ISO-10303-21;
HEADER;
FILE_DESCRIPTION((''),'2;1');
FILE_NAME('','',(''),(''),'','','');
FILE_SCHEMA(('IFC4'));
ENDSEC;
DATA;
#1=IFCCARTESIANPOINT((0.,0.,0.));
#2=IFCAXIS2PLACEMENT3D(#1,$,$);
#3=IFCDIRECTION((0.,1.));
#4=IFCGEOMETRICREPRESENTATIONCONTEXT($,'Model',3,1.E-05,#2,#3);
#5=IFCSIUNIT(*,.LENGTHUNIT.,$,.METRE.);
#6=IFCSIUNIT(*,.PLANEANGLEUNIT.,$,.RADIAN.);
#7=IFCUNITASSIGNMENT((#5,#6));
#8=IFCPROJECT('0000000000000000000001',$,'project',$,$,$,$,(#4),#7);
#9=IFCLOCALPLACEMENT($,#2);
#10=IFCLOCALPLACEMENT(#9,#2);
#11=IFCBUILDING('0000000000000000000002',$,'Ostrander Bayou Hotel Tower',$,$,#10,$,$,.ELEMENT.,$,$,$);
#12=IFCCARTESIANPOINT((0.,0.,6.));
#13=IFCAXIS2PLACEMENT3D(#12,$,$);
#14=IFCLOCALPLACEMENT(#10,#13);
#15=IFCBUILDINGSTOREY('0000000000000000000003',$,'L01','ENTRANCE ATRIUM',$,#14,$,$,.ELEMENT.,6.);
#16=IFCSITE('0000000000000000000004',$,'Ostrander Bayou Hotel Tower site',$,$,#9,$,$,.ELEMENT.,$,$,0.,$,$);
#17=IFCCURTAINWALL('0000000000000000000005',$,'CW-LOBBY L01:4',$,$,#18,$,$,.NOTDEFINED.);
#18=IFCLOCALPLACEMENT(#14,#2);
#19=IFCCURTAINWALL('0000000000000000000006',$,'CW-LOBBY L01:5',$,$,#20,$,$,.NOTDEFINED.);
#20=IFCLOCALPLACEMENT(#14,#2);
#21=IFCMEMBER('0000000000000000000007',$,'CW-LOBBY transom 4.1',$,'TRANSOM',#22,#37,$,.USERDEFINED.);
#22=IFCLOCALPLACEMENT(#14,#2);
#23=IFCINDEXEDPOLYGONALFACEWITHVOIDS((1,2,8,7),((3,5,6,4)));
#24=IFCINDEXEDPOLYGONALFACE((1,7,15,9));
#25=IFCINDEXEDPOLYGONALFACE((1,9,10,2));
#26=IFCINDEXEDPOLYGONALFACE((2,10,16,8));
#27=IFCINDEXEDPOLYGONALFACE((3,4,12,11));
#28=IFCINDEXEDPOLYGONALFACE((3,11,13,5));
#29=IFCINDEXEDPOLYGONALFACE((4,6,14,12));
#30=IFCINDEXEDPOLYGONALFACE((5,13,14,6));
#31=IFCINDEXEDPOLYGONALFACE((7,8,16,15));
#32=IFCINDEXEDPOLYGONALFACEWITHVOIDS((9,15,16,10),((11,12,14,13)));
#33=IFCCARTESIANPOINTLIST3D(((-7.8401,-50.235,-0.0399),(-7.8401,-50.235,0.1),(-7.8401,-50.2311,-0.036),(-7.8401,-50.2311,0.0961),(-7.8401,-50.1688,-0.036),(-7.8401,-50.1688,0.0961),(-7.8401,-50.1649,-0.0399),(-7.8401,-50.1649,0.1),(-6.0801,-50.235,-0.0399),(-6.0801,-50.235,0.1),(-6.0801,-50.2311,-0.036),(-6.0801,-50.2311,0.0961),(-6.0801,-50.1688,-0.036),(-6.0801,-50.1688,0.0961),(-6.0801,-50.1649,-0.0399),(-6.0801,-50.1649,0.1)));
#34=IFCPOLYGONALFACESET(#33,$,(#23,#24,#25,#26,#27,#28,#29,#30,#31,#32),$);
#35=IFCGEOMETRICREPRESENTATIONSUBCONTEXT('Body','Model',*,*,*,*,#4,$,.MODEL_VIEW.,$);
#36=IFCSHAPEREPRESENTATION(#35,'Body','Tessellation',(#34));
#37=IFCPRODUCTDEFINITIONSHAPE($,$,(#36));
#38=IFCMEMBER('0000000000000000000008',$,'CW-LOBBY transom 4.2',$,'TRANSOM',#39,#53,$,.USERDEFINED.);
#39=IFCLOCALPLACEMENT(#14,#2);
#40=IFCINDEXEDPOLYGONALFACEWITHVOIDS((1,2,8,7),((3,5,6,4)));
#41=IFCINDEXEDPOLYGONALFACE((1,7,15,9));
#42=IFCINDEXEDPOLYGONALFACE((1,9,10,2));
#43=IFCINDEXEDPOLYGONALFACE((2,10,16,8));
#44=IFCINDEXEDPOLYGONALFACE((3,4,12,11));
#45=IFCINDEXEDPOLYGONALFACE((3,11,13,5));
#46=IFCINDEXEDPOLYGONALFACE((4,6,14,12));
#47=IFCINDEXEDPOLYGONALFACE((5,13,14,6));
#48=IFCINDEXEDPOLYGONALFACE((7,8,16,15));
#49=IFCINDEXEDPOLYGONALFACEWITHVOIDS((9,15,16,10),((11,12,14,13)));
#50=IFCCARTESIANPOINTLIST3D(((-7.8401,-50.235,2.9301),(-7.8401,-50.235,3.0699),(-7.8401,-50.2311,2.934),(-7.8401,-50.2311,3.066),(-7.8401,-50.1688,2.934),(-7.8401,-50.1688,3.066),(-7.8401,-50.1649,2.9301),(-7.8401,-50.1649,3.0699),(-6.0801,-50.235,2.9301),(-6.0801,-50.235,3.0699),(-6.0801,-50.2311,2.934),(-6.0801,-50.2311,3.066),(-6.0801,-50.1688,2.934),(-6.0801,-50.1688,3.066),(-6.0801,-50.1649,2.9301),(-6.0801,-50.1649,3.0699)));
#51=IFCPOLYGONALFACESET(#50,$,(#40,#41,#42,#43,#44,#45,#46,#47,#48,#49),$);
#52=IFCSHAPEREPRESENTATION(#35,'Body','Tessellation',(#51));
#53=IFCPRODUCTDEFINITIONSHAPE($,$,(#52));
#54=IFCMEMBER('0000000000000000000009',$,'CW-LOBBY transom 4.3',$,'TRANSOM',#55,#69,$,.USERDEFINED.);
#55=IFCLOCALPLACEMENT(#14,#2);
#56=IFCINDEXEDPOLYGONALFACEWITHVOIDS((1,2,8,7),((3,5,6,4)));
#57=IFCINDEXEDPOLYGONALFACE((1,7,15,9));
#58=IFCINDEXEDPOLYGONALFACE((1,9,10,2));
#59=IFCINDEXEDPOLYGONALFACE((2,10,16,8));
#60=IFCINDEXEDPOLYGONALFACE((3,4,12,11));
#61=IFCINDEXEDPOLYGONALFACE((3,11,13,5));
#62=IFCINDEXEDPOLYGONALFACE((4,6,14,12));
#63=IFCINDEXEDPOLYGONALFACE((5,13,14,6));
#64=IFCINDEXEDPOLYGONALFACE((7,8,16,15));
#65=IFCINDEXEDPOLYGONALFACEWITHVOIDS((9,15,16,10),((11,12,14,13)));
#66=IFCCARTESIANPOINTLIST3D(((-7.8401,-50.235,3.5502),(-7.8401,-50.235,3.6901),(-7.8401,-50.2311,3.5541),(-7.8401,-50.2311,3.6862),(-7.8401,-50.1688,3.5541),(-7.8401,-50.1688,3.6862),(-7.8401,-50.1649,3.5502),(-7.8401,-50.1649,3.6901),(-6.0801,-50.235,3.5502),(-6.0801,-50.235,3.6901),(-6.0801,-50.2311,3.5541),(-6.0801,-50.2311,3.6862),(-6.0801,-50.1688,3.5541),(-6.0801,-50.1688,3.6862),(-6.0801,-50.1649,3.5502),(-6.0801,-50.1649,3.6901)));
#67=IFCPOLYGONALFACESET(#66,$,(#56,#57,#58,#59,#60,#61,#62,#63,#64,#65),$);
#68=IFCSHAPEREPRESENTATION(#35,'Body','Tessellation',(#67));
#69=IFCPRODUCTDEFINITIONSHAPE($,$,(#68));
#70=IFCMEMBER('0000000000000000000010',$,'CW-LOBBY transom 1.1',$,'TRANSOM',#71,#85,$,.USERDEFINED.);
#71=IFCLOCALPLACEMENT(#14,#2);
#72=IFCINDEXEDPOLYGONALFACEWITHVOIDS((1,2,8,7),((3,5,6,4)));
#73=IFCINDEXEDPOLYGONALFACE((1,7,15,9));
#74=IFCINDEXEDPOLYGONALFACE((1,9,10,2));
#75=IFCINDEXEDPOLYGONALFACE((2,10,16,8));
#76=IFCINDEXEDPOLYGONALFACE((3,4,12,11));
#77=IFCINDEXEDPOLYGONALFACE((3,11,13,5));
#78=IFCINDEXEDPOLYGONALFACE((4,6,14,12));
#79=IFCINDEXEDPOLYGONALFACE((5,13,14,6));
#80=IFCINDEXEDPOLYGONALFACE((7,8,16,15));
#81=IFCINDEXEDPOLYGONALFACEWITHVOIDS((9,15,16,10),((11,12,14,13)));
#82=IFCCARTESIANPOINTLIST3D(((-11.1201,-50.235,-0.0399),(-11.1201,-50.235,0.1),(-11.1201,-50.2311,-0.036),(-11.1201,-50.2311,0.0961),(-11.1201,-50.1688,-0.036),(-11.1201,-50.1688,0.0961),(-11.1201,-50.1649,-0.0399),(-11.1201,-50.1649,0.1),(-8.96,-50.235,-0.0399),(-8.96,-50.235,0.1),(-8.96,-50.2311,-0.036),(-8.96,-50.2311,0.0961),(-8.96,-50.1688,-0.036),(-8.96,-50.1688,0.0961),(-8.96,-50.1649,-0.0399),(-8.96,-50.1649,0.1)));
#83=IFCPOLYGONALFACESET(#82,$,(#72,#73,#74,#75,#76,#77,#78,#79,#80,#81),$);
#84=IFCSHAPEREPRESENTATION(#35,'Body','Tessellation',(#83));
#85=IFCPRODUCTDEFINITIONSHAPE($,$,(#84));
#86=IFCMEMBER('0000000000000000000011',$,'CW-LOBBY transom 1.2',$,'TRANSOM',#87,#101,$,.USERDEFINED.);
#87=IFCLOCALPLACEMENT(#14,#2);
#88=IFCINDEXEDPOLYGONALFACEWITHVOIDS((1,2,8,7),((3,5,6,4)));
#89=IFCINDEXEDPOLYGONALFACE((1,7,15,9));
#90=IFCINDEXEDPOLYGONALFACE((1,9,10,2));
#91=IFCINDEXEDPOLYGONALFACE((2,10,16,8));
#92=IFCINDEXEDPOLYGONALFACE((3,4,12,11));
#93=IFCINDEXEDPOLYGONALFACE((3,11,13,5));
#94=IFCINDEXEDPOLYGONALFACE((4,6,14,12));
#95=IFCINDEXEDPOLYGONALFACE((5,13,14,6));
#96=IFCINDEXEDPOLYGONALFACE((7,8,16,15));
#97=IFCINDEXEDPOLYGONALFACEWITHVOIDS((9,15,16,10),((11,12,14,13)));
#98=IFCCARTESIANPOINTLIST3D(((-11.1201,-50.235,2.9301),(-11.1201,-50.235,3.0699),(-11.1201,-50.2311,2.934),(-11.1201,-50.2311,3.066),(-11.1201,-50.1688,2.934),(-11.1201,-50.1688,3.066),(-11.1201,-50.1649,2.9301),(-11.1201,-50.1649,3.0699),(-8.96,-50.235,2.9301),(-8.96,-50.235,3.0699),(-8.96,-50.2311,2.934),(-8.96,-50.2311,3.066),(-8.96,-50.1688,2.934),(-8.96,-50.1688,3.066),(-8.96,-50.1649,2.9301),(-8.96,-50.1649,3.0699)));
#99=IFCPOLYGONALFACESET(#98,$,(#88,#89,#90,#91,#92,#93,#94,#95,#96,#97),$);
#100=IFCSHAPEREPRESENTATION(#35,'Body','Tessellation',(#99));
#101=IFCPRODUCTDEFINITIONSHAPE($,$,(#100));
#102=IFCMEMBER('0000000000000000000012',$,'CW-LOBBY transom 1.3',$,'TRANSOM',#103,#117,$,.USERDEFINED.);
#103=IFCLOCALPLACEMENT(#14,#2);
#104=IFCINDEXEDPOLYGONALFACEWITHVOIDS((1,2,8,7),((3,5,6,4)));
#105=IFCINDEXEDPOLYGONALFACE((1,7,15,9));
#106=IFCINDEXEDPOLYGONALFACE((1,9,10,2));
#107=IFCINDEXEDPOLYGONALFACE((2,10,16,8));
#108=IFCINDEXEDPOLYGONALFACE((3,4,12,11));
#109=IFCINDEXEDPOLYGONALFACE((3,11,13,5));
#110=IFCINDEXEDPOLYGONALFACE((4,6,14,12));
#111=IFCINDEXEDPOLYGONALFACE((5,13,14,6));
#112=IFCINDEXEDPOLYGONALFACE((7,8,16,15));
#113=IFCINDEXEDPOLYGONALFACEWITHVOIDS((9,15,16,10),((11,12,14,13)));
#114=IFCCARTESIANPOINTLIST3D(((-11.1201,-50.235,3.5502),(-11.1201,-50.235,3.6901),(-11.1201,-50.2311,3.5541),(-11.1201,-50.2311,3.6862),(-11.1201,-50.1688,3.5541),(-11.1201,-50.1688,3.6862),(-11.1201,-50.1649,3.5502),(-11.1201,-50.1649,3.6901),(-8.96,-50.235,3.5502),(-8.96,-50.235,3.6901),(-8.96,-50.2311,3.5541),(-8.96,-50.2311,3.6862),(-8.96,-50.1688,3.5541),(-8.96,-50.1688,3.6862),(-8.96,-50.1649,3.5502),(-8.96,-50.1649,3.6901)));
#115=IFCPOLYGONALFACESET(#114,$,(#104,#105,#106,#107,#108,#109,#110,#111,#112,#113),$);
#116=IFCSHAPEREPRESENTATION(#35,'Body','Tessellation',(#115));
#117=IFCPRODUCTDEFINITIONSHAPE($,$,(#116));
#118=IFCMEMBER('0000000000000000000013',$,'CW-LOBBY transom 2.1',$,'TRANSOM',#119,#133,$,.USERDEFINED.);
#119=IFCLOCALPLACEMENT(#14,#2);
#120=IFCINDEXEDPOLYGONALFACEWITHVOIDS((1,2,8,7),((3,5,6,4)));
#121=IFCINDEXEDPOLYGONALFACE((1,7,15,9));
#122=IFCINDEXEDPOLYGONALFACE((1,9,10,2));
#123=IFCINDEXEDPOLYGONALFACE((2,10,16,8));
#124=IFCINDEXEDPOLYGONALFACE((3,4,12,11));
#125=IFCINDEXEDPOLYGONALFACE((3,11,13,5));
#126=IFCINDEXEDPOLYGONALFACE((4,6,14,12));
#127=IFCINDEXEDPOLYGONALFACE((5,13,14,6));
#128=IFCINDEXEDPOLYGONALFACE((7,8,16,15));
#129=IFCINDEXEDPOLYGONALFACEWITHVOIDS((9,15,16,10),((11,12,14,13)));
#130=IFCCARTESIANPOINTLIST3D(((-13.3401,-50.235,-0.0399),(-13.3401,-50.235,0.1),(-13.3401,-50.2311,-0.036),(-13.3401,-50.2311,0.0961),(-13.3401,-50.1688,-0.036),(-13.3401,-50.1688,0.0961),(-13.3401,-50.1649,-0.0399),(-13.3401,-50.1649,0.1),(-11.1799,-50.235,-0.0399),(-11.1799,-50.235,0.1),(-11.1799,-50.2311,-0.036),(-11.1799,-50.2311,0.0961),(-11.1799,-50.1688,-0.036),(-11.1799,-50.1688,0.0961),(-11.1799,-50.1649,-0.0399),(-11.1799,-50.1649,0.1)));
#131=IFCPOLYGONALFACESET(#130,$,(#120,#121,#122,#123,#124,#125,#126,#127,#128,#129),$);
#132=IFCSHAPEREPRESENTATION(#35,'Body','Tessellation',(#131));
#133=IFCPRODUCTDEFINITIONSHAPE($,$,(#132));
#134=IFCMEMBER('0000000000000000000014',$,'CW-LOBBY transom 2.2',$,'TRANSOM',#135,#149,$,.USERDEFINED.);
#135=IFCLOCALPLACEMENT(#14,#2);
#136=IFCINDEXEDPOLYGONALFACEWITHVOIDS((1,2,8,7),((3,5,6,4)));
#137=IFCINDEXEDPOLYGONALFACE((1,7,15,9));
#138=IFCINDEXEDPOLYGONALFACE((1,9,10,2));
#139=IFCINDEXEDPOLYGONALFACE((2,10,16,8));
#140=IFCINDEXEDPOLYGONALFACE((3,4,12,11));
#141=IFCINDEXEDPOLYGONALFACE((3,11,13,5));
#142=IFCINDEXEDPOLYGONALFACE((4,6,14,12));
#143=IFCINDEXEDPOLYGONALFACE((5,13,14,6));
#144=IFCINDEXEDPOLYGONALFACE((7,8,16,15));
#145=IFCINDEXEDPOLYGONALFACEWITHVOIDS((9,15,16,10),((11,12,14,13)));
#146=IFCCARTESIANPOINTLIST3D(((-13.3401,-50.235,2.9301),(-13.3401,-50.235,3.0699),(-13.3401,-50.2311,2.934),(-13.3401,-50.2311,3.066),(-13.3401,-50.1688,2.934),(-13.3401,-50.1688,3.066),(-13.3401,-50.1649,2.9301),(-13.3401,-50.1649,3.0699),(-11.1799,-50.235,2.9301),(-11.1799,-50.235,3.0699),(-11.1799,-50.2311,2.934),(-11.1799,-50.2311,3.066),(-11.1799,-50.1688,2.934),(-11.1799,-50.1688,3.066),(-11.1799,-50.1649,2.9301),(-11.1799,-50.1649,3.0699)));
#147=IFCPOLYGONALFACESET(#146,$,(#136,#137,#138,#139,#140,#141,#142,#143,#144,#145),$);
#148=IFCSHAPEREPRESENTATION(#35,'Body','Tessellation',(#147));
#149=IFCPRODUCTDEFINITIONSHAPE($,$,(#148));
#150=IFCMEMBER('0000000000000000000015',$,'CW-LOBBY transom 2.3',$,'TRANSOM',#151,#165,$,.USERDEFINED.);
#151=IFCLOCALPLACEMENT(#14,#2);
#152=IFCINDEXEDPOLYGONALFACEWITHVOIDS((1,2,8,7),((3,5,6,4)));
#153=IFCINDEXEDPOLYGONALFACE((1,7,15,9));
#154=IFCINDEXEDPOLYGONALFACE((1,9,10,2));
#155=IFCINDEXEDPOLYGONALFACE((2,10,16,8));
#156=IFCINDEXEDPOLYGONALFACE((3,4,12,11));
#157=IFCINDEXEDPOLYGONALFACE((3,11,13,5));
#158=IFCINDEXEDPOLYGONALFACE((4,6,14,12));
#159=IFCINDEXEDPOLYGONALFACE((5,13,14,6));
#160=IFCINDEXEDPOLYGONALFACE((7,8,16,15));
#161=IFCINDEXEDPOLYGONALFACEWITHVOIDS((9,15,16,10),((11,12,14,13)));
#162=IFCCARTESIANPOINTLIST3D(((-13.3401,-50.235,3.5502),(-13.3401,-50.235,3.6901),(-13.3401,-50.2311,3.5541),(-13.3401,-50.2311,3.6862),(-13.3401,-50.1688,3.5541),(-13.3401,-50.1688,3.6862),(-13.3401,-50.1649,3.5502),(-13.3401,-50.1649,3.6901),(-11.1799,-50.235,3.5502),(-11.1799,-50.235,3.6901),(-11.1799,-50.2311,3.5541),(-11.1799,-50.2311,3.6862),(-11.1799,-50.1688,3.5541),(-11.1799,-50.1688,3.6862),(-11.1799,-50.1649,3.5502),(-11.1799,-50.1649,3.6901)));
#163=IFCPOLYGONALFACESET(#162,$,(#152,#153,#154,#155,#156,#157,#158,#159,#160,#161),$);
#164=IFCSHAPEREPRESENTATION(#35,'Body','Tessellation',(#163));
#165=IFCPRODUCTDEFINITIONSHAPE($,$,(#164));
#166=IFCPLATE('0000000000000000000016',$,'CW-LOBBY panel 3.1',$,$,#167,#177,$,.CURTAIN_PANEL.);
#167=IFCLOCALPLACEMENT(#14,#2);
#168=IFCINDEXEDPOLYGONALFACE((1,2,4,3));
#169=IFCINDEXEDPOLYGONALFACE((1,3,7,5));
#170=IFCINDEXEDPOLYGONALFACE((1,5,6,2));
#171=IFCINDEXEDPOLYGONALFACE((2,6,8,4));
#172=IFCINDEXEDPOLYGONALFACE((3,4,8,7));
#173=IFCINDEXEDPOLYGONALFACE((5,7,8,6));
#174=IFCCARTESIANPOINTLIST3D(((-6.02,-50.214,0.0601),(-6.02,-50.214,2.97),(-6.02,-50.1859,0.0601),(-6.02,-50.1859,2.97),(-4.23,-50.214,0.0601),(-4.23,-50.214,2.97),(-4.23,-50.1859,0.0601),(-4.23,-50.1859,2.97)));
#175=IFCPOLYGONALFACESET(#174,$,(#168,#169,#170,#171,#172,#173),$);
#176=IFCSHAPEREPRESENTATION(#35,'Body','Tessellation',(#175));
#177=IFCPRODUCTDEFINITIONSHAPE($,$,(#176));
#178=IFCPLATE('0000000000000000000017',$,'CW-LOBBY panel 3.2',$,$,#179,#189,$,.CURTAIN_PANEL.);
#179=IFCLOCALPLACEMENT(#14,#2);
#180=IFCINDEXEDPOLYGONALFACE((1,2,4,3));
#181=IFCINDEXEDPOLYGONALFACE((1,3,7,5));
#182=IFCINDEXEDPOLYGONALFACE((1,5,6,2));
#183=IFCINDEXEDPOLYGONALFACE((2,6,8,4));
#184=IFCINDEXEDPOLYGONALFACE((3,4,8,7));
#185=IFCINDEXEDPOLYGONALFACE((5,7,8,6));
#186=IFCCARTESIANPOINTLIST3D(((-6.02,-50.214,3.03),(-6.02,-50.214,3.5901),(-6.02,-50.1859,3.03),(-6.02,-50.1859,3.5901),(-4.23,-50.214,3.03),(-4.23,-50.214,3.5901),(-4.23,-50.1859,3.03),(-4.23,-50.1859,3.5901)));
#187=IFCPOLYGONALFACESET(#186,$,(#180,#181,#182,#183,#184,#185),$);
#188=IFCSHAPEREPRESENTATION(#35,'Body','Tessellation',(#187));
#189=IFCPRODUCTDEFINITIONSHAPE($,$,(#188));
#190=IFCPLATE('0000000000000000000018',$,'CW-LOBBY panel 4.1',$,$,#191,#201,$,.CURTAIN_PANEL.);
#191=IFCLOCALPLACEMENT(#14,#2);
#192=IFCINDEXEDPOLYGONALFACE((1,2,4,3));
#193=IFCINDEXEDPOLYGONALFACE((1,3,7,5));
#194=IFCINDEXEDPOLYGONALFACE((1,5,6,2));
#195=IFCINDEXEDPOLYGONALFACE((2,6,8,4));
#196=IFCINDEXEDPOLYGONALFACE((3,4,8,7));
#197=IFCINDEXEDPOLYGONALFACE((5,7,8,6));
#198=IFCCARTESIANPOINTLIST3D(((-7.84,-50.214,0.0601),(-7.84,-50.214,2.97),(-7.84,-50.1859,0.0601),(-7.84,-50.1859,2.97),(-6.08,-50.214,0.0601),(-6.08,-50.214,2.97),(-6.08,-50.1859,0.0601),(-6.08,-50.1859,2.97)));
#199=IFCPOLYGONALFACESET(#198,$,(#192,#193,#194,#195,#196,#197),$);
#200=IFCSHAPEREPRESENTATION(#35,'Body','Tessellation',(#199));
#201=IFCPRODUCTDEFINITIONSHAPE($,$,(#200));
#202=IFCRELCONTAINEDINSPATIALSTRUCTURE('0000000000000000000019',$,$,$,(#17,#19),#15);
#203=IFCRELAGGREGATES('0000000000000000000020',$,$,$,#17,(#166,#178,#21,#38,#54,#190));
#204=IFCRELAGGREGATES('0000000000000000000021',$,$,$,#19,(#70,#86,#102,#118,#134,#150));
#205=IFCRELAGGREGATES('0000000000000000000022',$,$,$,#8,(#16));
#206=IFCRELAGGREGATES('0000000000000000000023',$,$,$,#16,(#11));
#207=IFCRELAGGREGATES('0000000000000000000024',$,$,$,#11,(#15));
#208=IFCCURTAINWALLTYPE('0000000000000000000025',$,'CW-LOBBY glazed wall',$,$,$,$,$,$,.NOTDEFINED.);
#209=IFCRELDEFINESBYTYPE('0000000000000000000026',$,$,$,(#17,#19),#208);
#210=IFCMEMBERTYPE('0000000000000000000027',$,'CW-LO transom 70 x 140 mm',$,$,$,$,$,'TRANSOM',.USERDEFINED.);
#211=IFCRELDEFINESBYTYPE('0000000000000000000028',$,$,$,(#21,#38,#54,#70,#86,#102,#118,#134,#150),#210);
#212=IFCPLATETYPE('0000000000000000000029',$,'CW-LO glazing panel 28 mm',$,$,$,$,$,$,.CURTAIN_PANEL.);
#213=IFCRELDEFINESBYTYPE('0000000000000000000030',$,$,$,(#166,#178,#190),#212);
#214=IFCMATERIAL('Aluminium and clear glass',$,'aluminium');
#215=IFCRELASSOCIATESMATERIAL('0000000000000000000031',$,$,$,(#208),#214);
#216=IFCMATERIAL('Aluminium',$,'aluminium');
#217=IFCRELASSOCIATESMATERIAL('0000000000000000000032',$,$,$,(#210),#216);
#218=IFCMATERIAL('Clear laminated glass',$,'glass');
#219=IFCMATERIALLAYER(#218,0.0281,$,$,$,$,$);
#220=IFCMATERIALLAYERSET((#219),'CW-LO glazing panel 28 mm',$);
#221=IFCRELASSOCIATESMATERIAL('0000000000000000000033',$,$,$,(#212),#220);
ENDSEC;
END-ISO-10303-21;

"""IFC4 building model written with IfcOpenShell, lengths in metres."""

from ifc_helpers import new_model, si_unit, direction, frame, origin, origin_2d, place, context, subcontext, project, spatial, rectangle, hollow_rectangle, extrude, material, layer, layer_set, material_profile, profile_set, type_object, element, aggregate, save


model = new_model("IFC4")

# Units and contexts
model_context = context("Model", 3, precision=1e-05, world=origin(), true_north=direction((0.0, 1.0)))
body_context = subcontext(model_context, "Body", "Model", "MODEL_VIEW")
ifc_project = project(units=[si_unit("LENGTHUNIT", "METRE"), si_unit("PLANEANGLEUNIT", "RADIAN")], contexts=[model_context])

# Site, building, storey
site_placement = place(None, origin())
site = spatial("IfcSite", under=ifc_project, at=site_placement, Name="Ostrander Bayou Hotel Tower site", CompositionType="ELEMENT", RefElevation=0.0)
building_placement = place(site_placement, origin())
building = spatial("IfcBuilding", under=site, at=building_placement, Name="Ostrander Bayou Hotel Tower", CompositionType="ELEMENT")
storey_placement = place(building_placement, frame((0.0, 0.0, 6.0)))
storey = spatial("IfcBuildingStorey", under=building, at=storey_placement, Name="L01", Description="ENTRANCE ATRIUM", CompositionType="ELEMENT", Elevation=6.0)

# Curtain walls
ifc_material_1 = material(Name="Aluminium and clear glass", Category="aluminium")
curtain_wall_type = type_object("IfcCurtainWallType", Name="CW-LOBBY glazed wall", PredefinedType="NOTDEFINED", material=ifc_material_1)
curtain_wall_1_placement = place(storey_placement, origin())
curtain_wall_1 = element("IfcCurtainWall", 1, at=curtain_wall_1_placement, inside=storey, type_object=curtain_wall_type, Name="CW-LOBBY L01:4", PredefinedType="NOTDEFINED")
curtain_wall_2_placement = place(storey_placement, origin())
curtain_wall_2 = element("IfcCurtainWall", 2, at=curtain_wall_2_placement, inside=storey, type_object=curtain_wall_type, Name="CW-LOBBY L01:5", PredefinedType="NOTDEFINED")

# Members
ifc_material_2 = material(Name="Aluminium", Category="aluminium")
ifc_material_profile_1 = material_profile(ifc_material_2, hollow_rectangle(XDim=0.0701, YDim=0.1399, WallThickness=0.0039, at=origin_2d()))
ifc_profile_set_1 = profile_set([ifc_material_profile_1], Name="Aluminium")
member_type_1 = type_object("IfcMemberType", Name="CW-LO transom 70 x 140 mm", ElementType="TRANSOM", PredefinedType="USERDEFINED", material=ifc_profile_set_1)
member_1_placement = place(storey_placement, frame((-6.0801, -50.2, 0.03), z_axis=(-1.0, 0.0, 0.0), x_axis=(0.0, -1.0, 0.0)))
member_1 = element("IfcMember", 3, at=member_1_placement, type_object=member_type_1, Name="CW-LOBBY transom 4.1", ObjectType="TRANSOM", PredefinedType="USERDEFINED", context=body_context, shape_type="SweptSolid", body=[
    extrude(hollow_rectangle(XDim=0.0701, YDim=0.1399, WallThickness=0.0039, at=origin_2d()), origin(), (0.0, 0.0, 1.0), 1.76),
])
member_2_placement = place(storey_placement, frame((-6.0801, -50.2, 3.0), z_axis=(-1.0, 0.0, 0.0), x_axis=(0.0, -1.0, 0.0)))
member_2 = element("IfcMember", 4, at=member_2_placement, type_object=member_type_1, Name="CW-LOBBY transom 4.2", ObjectType="TRANSOM", PredefinedType="USERDEFINED", context=body_context, shape_type="SweptSolid", body=[
    extrude(hollow_rectangle(XDim=0.0701, YDim=0.1399, WallThickness=0.0039, at=origin_2d()), origin(), (0.0, 0.0, 1.0), 1.76),
])
member_3_placement = place(storey_placement, frame((-6.0801, -50.2, 3.6201), z_axis=(-1.0, 0.0, 0.0), x_axis=(0.0, -1.0, 0.0)))
member_3 = element("IfcMember", 5, at=member_3_placement, type_object=member_type_1, Name="CW-LOBBY transom 4.3", ObjectType="TRANSOM", PredefinedType="USERDEFINED", context=body_context, shape_type="SweptSolid", body=[
    extrude(hollow_rectangle(XDim=0.0701, YDim=0.1399, WallThickness=0.0039, at=origin_2d()), origin(), (0.0, 0.0, 1.0), 1.76),
])
member_4_placement = place(storey_placement, frame((-8.96, -50.2, 0.03), z_axis=(-1.0, 0.0, 0.0), x_axis=(0.0, -1.0, 0.0)))
member_4 = element("IfcMember", 6, at=member_4_placement, type_object=member_type_1, Name="CW-LOBBY transom 1.1", ObjectType="TRANSOM", PredefinedType="USERDEFINED", context=body_context, shape_type="SweptSolid", body=[
    extrude(hollow_rectangle(XDim=0.0701, YDim=0.1399, WallThickness=0.0039, at=origin_2d()), origin(), (0.0, 0.0, 1.0), 2.1602),
])
member_5_placement = place(storey_placement, frame((-8.96, -50.2, 3.0), z_axis=(-1.0, 0.0, 0.0), x_axis=(0.0, -1.0, 0.0)))
member_5 = element("IfcMember", 7, at=member_5_placement, type_object=member_type_1, Name="CW-LOBBY transom 1.2", ObjectType="TRANSOM", PredefinedType="USERDEFINED", context=body_context, shape_type="SweptSolid", body=[
    extrude(hollow_rectangle(XDim=0.0701, YDim=0.1399, WallThickness=0.0039, at=origin_2d()), origin(), (0.0, 0.0, 1.0), 2.1602),
])
member_6_placement = place(storey_placement, frame((-8.96, -50.2, 3.6201), z_axis=(-1.0, 0.0, 0.0), x_axis=(0.0, -1.0, 0.0)))
member_6 = element("IfcMember", 8, at=member_6_placement, type_object=member_type_1, Name="CW-LOBBY transom 1.3", ObjectType="TRANSOM", PredefinedType="USERDEFINED", context=body_context, shape_type="SweptSolid", body=[
    extrude(hollow_rectangle(XDim=0.0701, YDim=0.1399, WallThickness=0.0039, at=origin_2d()), origin(), (0.0, 0.0, 1.0), 2.1602),
])
member_7_placement = place(storey_placement, frame((-11.1799, -50.2, 0.03), z_axis=(-1.0, 0.0, 0.0), x_axis=(0.0, -1.0, 0.0)))
member_7 = element("IfcMember", 9, at=member_7_placement, type_object=member_type_1, Name="CW-LOBBY transom 2.1", ObjectType="TRANSOM", PredefinedType="USERDEFINED", context=body_context, shape_type="SweptSolid", body=[
    extrude(hollow_rectangle(XDim=0.0701, YDim=0.1399, WallThickness=0.0039, at=origin_2d()), origin(), (0.0, 0.0, 1.0), 2.1602),
])
member_8_placement = place(storey_placement, frame((-11.1799, -50.2, 3.0), z_axis=(-1.0, 0.0, 0.0), x_axis=(0.0, -1.0, 0.0)))
member_8 = element("IfcMember", 10, at=member_8_placement, type_object=member_type_1, Name="CW-LOBBY transom 2.2", ObjectType="TRANSOM", PredefinedType="USERDEFINED", context=body_context, shape_type="SweptSolid", body=[
    extrude(hollow_rectangle(XDim=0.0701, YDim=0.1399, WallThickness=0.0039, at=origin_2d()), origin(), (0.0, 0.0, 1.0), 2.1602),
])
member_9_placement = place(storey_placement, frame((-11.1799, -50.2, 3.6201), z_axis=(-1.0, 0.0, 0.0), x_axis=(0.0, -1.0, 0.0)))
member_9 = element("IfcMember", 11, at=member_9_placement, type_object=member_type_1, Name="CW-LOBBY transom 2.3", ObjectType="TRANSOM", PredefinedType="USERDEFINED", context=body_context, shape_type="SweptSolid", body=[
    extrude(hollow_rectangle(XDim=0.0701, YDim=0.1399, WallThickness=0.0039, at=origin_2d()), origin(), (0.0, 0.0, 1.0), 2.1602),
])

# Plates
ifc_material_3 = material(Name="Clear laminated glass", Category="glass")
ifc_layer_1 = layer(ifc_material_3, 0.0281)
ifc_layer_set_1 = layer_set([ifc_layer_1], Name="CW-LO glazing panel 28 mm")
plate_type = type_object("IfcPlateType", Name="CW-LO glazing panel 28 mm", PredefinedType="CURTAIN_PANEL", material=ifc_layer_set_1)
plate_1_placement = place(storey_placement, frame((-5.125, -50.2, 0.0601), z_axis=(0.0, 0.0, 1.0), x_axis=(-1.0, 0.0, 0.0)))
plate_1 = element("IfcPlate", 12, at=plate_1_placement, type_object=plate_type, Name="CW-LOBBY panel 3.1", PredefinedType="CURTAIN_PANEL", context=body_context, shape_type="SweptSolid", body=[
    extrude(rectangle(XDim=1.79, YDim=0.0281, at=origin_2d()), origin(), (0.0, 0.0, 1.0), 2.9099),
])
plate_2_placement = place(storey_placement, frame((-5.125, -50.2, 3.03), z_axis=(0.0, 0.0, 1.0), x_axis=(-1.0, 0.0, 0.0)))
plate_2 = element("IfcPlate", 13, at=plate_2_placement, type_object=plate_type, Name="CW-LOBBY panel 3.2", PredefinedType="CURTAIN_PANEL", context=body_context, shape_type="SweptSolid", body=[
    extrude(rectangle(XDim=1.79, YDim=0.0281, at=origin_2d()), origin(), (0.0, 0.0, 1.0), 0.5601),
])
plate_3_placement = place(storey_placement, frame((-6.96, -50.2, 0.0601), z_axis=(0.0, 0.0, 1.0), x_axis=(-1.0, 0.0, 0.0)))
plate_3 = element("IfcPlate", 14, at=plate_3_placement, type_object=plate_type, Name="CW-LOBBY panel 4.1", PredefinedType="CURTAIN_PANEL", context=body_context, shape_type="SweptSolid", body=[
    extrude(rectangle(XDim=1.76, YDim=0.0281, at=origin_2d()), origin(), (0.0, 0.0, 1.0), 2.9099),
])
aggregate(curtain_wall_1, [plate_1, plate_2, member_1, member_2, member_3, plate_3])
aggregate(curtain_wall_2, [member_4, member_5, member_6, member_7, member_8, member_9])

save(model, "model.ifc")
